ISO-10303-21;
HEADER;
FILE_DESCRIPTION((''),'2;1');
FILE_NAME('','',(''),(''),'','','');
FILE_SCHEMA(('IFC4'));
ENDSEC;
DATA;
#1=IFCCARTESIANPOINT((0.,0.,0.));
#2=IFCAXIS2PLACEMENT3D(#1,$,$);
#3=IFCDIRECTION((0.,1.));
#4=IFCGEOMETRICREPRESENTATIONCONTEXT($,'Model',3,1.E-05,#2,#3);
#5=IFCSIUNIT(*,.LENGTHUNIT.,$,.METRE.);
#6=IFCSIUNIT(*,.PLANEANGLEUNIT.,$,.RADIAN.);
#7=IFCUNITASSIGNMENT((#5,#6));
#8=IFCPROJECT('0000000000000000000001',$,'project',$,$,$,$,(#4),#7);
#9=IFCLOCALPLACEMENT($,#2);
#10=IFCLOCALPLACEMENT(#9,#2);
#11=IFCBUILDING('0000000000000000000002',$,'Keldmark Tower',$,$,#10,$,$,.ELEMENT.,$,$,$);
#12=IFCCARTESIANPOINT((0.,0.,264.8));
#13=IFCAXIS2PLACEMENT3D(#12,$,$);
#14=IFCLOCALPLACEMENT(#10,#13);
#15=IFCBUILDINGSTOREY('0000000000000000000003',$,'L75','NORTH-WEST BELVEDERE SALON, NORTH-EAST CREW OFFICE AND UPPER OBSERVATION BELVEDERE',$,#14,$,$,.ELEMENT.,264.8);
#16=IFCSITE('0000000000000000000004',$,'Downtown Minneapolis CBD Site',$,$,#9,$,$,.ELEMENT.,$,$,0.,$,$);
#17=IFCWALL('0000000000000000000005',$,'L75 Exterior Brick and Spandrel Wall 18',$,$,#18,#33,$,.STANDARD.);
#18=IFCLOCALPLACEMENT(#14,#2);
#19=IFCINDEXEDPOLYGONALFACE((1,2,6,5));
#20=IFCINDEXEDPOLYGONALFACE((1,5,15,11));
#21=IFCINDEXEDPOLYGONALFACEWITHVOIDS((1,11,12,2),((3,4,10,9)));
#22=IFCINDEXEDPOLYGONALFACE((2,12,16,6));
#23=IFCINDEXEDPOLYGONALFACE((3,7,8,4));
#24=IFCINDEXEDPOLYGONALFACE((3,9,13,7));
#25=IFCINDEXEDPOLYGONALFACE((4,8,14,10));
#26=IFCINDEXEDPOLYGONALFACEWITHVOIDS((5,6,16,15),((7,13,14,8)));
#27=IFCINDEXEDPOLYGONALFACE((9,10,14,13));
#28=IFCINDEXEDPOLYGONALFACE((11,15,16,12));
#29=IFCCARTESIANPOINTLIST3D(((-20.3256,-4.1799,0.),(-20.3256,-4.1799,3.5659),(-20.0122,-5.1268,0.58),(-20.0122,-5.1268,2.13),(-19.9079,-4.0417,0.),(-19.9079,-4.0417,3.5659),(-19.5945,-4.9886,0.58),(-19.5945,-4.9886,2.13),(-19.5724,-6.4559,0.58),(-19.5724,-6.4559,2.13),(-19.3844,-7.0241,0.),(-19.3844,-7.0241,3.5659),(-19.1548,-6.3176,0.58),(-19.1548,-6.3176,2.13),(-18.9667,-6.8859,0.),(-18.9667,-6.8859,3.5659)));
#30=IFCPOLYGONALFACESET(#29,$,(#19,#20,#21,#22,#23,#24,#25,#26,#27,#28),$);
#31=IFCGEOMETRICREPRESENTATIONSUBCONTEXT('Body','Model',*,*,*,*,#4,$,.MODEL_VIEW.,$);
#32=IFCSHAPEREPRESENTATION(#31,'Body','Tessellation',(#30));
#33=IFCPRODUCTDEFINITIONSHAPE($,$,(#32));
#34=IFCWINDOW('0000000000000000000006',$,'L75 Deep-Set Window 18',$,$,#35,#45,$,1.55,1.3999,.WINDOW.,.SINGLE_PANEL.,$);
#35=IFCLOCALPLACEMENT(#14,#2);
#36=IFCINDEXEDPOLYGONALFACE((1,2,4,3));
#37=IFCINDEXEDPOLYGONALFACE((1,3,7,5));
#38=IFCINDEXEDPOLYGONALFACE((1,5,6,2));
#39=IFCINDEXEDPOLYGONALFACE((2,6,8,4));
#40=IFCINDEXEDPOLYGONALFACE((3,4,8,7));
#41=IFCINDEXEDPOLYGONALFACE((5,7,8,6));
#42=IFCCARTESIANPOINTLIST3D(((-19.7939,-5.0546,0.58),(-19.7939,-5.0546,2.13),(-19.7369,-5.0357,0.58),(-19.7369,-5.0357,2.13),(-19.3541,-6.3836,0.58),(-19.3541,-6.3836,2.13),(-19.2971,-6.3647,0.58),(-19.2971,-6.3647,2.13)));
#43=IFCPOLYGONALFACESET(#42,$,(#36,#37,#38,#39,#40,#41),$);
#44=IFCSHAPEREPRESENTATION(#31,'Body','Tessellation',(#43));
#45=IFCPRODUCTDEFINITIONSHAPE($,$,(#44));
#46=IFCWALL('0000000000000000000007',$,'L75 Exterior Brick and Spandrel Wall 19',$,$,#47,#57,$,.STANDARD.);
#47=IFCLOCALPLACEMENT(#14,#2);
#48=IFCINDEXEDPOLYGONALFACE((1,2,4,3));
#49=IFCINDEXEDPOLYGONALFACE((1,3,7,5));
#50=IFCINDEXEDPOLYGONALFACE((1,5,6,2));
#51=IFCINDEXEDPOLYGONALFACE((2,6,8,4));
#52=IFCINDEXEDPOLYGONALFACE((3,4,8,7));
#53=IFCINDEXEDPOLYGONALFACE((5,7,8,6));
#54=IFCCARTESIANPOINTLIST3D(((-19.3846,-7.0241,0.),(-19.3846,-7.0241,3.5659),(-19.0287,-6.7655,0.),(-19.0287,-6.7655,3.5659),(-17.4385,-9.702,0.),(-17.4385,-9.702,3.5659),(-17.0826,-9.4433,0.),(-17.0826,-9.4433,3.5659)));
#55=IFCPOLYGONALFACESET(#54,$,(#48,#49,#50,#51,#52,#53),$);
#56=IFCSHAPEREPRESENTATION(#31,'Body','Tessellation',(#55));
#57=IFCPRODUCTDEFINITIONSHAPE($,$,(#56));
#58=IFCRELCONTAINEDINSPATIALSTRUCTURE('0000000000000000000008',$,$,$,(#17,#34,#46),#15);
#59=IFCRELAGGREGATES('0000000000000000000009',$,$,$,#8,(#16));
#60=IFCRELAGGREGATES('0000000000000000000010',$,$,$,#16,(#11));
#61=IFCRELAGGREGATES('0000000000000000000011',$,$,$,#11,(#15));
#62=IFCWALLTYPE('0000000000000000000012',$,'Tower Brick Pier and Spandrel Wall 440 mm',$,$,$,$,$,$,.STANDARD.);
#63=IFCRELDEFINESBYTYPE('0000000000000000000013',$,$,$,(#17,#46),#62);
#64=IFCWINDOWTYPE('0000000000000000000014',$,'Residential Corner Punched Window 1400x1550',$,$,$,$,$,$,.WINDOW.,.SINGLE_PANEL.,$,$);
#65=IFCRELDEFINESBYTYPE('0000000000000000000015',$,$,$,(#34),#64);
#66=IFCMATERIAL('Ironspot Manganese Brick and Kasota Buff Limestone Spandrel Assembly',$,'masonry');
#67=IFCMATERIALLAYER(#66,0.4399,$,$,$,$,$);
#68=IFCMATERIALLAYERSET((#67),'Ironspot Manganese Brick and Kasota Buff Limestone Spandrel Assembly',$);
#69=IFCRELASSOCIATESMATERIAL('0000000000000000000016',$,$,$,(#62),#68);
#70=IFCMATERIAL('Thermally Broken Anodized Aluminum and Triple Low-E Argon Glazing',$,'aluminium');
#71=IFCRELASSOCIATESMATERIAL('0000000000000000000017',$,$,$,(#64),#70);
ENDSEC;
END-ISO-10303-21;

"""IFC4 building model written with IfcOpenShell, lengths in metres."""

from ifc_helpers import new_model, si_unit, direction, frame, frame_2d, origin, place, context, subcontext, project, spatial, rectangle, extrude, material, layer, layer_set, type_object, element, fill, save


model = new_model("IFC4")

# Units and contexts
model_context = context("Model", 3, precision=1e-05, world=origin(), true_north=direction((0.0, 1.0)))
body_context = subcontext(model_context, "Body", "Model", "MODEL_VIEW")
ifc_project = project(units=[si_unit("LENGTHUNIT", "METRE"), si_unit("PLANEANGLEUNIT", "RADIAN")], contexts=[model_context])

# Site, building, storey
site_placement = place(None, origin())
site = spatial("IfcSite", under=ifc_project, at=site_placement, Name="Downtown Minneapolis CBD Site", CompositionType="ELEMENT", RefElevation=0.0)
building_placement = place(site_placement, origin())
building = spatial("IfcBuilding", under=site, at=building_placement, Name="Keldmark Tower", CompositionType="ELEMENT")
storey_placement = place(building_placement, frame((0.0, 0.0, 264.8)))
storey = spatial("IfcBuildingStorey", under=building, at=storey_placement, Name="L75", Description="NORTH-WEST BELVEDERE SALON, NORTH-EAST CREW OFFICE AND UPPER OBSERVATION BELVEDERE", CompositionType="ELEMENT", Elevation=264.8)

# Shared definitions
ifc_material_1 = material(Name="Ironspot Manganese Brick and Kasota Buff Limestone Spandrel Assembly", Category="masonry")
ifc_layer_1 = layer(ifc_material_1, 0.4399)
ifc_layer_set_1 = layer_set([ifc_layer_1], Name="Ironspot Manganese Brick and Kasota Buff Limestone Spandrel Assembly")
wall_type_1 = type_object("IfcWallType", Name="Tower Brick Pier and Spandrel Wall 440 mm", PredefinedType="STANDARD", material=ifc_layer_set_1)

# Wall, opening, window
wall_1_placement = place(storey_placement, frame((-19.1755, -6.9551, 0.0), z_axis=(0.0, 0.0, 1.0), x_axis=(-0.314149, 0.949374, 0.0)))
wall_1 = element("IfcWall", 1, at=wall_1_placement, inside=storey, type_object=wall_type_1, Name="L75 Exterior Brick and Spandrel Wall 18", PredefinedType="STANDARD", context=body_context, shape_type="SweptSolid", body=[
    extrude(rectangle(XDim=2.9958, YDim=0.4399, at=frame_2d((1.498, 0.0))), origin(), (0.0, 0.0, 1.0), 3.5659),
])
opening_1_placement = place(wall_1_placement, frame((0.5986, 0.0, 0.5801)))
opening_1 = element("IfcOpeningElement", 2, at=opening_1_placement, cuts=wall_1, PredefinedType="OPENING", context=body_context, shape_type="SweptSolid", body=[
    extrude(rectangle(XDim=1.3999, YDim=1.55, at=frame_2d((0.7, 0.7749))), frame((0.0, 0.23, 0.0), z_axis=(0.0, -1.0, 0.0), x_axis=(1.0, 0.0, 0.0)), (0.0, 0.0, 1.0), 0.46),
])
ifc_material_2 = material(Name="Thermally Broken Anodized Aluminum and Triple Low-E Argon Glazing", Category="aluminium")
window_type = type_object("IfcWindowType", Name="Residential Corner Punched Window 1400x1550", PartitioningType="SINGLE_PANEL", PredefinedType="WINDOW", material=ifc_material_2)
window_placement = place(opening_1_placement, origin())
window = element("IfcWindow", 3, at=window_placement, inside=storey, type_object=window_type, Name="L75 Deep-Set Window 18", OverallHeight=1.55, OverallWidth=1.3999, PartitioningType="SINGLE_PANEL", PredefinedType="WINDOW", context=body_context, shape_type="SweptSolid", body=[
    extrude(rectangle(XDim=1.3999, YDim=1.55, at=frame_2d((0.7, 0.7749))), frame((0.0, -0.01, 0.0), z_axis=(0.0, -1.0, 0.0), x_axis=(1.0, 0.0, 0.0)), (0.0, 0.0, 1.0), 0.0601),
])
fill(opening_1, window)

# Wall
wall_2_placement = place(storey_placement, frame((-17.2605, -9.5728, 0.0), z_axis=(0.0, 0.0, 1.0), x_axis=(-0.587895, 0.808937, 0.0)))
element("IfcWall", 4, at=wall_2_placement, inside=storey, type_object=wall_type_1, Name="L75 Exterior Brick and Spandrel Wall 19", PredefinedType="STANDARD", context=body_context, shape_type="SweptSolid", body=[
    extrude(rectangle(XDim=3.3103, YDim=0.4399, at=frame_2d((1.6553, 0.0))), origin(), (0.0, 0.0, 1.0), 3.5659),
])

save(model, "model.ifc")
